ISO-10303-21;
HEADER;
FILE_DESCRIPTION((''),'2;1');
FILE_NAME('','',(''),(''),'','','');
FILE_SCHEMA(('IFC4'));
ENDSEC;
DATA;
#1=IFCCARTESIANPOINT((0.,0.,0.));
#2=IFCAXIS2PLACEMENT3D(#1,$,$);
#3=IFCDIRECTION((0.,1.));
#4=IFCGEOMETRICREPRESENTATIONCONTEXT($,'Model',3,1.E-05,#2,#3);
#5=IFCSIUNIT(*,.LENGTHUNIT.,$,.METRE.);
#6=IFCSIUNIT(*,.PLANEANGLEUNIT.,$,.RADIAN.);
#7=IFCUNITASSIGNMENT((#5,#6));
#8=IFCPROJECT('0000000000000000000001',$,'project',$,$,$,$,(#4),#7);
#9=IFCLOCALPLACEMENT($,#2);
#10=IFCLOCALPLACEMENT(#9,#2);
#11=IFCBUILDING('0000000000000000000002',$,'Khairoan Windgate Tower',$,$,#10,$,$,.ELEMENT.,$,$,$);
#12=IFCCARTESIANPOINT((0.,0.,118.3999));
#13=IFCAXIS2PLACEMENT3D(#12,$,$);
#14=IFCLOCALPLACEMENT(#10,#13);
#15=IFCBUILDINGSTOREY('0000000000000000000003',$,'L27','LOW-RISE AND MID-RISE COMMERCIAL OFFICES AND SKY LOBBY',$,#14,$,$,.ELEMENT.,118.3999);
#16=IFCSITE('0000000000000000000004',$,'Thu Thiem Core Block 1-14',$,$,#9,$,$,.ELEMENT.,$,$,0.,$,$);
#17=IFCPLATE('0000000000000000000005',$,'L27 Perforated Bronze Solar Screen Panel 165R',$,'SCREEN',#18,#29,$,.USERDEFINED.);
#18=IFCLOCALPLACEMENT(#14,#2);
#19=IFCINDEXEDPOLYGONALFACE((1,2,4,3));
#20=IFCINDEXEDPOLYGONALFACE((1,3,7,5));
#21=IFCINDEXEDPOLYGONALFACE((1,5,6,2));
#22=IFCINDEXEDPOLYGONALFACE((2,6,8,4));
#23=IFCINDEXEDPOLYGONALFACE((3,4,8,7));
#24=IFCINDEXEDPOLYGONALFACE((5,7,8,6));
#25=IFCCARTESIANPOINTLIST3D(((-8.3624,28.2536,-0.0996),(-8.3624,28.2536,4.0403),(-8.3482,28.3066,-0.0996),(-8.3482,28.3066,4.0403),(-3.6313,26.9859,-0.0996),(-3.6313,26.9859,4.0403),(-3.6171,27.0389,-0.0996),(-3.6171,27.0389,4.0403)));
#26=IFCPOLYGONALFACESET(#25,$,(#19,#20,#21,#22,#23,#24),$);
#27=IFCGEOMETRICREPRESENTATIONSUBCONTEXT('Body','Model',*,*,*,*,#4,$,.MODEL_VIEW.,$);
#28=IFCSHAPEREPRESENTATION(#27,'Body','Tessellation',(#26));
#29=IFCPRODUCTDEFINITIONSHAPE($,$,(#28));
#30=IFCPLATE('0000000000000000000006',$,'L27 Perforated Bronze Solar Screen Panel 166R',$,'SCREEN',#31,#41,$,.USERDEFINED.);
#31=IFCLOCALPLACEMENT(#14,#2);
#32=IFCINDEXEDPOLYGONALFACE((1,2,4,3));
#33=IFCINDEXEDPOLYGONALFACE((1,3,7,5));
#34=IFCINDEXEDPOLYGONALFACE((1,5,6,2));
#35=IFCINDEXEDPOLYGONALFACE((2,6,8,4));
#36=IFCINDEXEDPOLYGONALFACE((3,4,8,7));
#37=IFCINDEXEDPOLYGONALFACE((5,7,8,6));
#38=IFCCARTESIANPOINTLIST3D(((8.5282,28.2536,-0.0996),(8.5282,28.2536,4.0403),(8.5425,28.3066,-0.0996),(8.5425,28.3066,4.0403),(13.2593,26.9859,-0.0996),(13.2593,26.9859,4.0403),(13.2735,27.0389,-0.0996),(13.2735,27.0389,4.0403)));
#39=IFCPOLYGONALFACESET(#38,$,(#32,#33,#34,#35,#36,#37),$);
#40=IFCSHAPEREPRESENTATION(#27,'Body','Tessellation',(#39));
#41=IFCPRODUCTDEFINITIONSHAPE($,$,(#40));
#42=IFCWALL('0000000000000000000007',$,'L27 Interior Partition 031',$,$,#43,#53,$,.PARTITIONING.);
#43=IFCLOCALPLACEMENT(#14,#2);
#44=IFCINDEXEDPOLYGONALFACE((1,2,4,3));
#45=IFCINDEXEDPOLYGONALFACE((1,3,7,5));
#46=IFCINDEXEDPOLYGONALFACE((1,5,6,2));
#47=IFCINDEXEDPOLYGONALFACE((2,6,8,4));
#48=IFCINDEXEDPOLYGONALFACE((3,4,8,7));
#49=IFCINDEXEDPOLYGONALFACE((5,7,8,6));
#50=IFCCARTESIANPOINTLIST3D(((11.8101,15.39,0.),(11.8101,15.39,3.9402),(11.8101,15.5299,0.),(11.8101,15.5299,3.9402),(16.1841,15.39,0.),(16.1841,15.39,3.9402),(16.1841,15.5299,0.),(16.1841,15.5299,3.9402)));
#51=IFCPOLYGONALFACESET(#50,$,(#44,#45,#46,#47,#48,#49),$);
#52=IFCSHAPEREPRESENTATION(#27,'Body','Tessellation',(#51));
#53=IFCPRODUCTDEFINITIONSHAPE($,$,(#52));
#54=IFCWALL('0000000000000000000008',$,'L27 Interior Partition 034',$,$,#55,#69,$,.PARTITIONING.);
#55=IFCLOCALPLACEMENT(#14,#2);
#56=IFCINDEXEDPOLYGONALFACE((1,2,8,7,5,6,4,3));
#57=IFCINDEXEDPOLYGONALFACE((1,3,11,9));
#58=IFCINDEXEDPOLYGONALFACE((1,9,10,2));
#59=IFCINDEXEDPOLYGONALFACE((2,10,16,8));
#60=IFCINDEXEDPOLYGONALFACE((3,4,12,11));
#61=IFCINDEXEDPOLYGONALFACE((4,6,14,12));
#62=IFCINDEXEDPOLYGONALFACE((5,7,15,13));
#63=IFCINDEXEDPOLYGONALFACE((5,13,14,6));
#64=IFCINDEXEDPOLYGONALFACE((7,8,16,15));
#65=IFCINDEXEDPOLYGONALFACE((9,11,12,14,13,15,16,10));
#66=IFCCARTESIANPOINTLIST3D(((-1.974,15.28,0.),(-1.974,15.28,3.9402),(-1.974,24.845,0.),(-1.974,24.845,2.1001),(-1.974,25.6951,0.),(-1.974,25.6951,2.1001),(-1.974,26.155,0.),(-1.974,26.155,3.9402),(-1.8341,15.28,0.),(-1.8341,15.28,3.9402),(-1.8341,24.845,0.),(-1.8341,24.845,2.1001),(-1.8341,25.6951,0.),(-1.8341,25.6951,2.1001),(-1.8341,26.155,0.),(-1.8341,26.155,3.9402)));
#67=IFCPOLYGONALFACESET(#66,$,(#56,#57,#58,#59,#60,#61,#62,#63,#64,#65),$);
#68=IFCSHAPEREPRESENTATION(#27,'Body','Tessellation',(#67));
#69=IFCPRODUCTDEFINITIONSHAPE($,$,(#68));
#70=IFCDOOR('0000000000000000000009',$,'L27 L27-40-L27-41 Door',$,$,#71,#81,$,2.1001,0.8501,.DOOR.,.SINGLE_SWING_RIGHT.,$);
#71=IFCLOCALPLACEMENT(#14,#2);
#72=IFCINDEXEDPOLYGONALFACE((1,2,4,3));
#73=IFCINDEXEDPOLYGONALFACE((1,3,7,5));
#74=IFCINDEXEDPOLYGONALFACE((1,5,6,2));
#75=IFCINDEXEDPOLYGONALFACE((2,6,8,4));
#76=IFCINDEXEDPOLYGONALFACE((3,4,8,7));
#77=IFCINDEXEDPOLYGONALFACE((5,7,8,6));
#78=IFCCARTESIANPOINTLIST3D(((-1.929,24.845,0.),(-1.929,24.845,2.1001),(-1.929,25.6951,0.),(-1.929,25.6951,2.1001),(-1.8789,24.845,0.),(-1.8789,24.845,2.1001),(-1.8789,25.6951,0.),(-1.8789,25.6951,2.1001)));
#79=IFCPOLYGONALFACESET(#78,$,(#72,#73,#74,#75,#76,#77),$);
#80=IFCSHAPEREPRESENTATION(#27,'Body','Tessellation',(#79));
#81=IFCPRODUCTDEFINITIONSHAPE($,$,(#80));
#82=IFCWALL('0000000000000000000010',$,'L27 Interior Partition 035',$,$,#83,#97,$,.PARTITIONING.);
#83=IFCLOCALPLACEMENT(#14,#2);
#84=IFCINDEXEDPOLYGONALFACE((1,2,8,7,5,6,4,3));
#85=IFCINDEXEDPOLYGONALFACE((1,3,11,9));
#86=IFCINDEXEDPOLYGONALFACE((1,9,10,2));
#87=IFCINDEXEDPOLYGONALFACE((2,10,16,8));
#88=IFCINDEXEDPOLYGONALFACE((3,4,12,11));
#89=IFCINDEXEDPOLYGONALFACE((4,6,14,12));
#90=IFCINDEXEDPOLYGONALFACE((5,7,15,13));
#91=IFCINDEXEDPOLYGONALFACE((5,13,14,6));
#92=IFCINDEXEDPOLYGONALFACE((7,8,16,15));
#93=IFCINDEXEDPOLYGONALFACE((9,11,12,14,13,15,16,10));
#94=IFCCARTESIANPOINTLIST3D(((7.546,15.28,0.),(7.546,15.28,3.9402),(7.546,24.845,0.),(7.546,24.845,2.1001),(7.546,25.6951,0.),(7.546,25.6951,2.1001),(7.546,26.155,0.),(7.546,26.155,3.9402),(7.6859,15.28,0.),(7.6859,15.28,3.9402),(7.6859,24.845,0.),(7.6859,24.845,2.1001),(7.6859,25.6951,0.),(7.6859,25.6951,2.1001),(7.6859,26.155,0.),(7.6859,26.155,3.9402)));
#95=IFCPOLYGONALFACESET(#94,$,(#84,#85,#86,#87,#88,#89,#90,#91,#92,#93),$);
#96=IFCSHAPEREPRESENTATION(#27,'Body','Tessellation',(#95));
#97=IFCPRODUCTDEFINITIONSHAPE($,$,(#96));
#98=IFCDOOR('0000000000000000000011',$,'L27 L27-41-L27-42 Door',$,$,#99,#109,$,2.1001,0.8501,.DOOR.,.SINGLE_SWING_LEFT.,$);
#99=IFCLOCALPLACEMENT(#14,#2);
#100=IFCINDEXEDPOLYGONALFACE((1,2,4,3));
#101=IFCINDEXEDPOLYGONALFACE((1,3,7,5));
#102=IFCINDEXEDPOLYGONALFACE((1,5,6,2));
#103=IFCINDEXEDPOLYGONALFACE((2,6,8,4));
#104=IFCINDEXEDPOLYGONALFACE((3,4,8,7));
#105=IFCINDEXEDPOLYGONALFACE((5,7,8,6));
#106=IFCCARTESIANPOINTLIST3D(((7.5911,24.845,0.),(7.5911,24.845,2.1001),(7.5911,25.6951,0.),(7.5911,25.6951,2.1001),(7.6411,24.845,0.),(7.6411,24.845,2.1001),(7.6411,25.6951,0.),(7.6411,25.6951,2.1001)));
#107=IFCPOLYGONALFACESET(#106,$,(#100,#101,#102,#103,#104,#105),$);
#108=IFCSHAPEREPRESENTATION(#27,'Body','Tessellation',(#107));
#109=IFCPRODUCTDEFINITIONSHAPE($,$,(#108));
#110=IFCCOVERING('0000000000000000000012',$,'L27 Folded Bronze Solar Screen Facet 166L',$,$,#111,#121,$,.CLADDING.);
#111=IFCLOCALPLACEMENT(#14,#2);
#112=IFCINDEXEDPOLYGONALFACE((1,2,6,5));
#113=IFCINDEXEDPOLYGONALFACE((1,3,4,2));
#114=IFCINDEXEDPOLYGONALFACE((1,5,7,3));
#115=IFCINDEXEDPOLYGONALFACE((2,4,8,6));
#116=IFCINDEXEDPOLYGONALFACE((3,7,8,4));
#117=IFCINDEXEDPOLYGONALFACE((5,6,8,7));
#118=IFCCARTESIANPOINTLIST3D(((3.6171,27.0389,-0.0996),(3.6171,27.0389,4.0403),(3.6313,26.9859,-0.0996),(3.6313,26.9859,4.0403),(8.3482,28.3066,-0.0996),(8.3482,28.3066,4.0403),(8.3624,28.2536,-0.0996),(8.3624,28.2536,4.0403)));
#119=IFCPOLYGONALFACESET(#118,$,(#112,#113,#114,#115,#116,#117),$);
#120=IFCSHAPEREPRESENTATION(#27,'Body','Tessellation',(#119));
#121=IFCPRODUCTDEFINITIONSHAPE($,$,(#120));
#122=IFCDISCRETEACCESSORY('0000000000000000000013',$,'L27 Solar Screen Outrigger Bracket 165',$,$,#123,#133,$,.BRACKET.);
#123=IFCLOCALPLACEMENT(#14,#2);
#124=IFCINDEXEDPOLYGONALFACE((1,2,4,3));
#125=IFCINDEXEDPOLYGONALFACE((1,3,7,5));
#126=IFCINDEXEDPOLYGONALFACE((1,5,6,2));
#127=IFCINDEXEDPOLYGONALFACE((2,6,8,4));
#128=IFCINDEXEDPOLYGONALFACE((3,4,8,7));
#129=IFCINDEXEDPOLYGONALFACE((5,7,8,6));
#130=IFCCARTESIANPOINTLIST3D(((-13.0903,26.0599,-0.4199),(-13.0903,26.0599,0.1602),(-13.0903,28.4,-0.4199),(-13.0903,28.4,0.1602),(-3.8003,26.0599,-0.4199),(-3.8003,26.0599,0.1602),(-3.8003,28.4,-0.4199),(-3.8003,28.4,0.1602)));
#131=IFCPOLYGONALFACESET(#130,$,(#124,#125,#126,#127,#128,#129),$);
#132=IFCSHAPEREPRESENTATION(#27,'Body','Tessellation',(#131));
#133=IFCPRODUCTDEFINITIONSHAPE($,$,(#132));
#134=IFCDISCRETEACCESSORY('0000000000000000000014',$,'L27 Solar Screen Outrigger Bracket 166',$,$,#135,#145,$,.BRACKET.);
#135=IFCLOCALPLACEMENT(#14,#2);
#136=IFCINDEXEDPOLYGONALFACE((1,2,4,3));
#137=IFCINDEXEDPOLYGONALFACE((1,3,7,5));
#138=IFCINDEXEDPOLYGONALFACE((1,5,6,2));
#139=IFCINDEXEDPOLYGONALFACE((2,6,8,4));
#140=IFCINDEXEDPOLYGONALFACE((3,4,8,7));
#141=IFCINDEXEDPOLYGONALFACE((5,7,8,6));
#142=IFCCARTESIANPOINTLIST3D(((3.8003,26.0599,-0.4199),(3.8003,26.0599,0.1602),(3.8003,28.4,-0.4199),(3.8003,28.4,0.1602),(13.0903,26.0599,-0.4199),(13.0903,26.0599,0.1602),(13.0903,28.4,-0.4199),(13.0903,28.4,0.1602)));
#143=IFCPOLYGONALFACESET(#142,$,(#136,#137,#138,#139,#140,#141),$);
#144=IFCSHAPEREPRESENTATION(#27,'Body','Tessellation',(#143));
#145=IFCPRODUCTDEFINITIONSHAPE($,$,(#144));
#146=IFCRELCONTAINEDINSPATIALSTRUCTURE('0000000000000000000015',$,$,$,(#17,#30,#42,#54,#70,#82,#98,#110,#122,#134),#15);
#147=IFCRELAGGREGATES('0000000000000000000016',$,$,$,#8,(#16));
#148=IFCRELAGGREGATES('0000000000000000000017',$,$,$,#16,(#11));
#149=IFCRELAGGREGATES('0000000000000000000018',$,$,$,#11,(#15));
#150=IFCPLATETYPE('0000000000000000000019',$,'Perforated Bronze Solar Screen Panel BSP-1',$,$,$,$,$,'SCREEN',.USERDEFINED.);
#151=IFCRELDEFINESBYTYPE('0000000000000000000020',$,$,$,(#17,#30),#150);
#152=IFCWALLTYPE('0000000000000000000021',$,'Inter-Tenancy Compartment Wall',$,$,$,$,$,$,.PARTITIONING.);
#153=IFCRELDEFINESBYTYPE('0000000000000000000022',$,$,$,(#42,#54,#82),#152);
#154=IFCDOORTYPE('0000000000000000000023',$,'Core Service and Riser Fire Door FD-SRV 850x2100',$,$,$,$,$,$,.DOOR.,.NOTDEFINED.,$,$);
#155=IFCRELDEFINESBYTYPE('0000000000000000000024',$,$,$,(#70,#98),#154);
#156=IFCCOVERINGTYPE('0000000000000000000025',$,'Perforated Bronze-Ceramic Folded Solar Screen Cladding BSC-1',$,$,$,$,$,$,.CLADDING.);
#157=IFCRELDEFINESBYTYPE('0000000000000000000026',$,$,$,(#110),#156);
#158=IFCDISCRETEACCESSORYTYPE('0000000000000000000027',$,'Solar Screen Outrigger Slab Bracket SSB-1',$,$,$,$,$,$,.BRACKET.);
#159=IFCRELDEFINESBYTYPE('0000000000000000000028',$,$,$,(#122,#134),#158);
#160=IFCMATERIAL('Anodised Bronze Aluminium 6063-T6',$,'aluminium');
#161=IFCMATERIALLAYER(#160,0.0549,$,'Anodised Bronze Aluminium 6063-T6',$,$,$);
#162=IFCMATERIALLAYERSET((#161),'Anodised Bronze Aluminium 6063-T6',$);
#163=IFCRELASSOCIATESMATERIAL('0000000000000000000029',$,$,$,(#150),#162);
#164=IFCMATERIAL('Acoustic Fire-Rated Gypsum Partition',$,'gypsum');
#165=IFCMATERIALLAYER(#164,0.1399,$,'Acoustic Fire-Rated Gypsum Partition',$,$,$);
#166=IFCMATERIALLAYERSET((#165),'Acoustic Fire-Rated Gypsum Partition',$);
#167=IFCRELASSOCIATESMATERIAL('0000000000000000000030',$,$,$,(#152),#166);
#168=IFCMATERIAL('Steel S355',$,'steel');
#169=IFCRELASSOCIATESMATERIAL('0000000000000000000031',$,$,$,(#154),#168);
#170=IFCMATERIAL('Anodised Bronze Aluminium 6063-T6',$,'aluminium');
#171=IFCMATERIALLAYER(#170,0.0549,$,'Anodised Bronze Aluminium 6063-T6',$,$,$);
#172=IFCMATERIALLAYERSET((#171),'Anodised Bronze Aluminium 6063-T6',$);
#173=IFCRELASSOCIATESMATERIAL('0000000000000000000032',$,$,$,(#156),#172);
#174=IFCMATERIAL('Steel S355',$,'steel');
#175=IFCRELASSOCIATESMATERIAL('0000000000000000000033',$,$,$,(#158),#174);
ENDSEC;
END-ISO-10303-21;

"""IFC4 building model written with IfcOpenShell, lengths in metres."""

from ifc_helpers import new_model, si_unit, direction, frame, frame_2d, origin, origin_2d, place, context, subcontext, project, spatial, rectangle, extrude, material, layer, layer_set, type_object, element, fill, save


model = new_model("IFC4")

# Units and contexts
model_context = context("Model", 3, precision=1e-05, world=origin(), true_north=direction((0.0, 1.0)))
body_context = subcontext(model_context, "Body", "Model", "MODEL_VIEW")
ifc_project = project(units=[si_unit("LENGTHUNIT", "METRE"), si_unit("PLANEANGLEUNIT", "RADIAN")], contexts=[model_context])

# Site, building, storey
site_placement = place(None, origin())
site = spatial("IfcSite", under=ifc_project, at=site_placement, Name="Thu Thiem Core Block 1-14", CompositionType="ELEMENT", RefElevation=0.0)
building_placement = place(site_placement, origin())
building = spatial("IfcBuilding", under=site, at=building_placement, Name="Khairoan Windgate Tower", CompositionType="ELEMENT")
storey_placement = place(building_placement, frame((0.0, 0.0, 118.3999)))
storey = spatial("IfcBuildingStorey", under=building, at=storey_placement, Name="L27", Description="LOW-RISE AND MID-RISE COMMERCIAL OFFICES AND SKY LOBBY", CompositionType="ELEMENT", Elevation=118.3999)

# Plates
ifc_material_1 = material(Name="Anodised Bronze Aluminium 6063-T6", Category="aluminium")
ifc_layer_1 = layer(ifc_material_1, 0.0549, Name="Anodised Bronze Aluminium 6063-T6")
ifc_layer_set_1 = layer_set([ifc_layer_1], Name="Anodised Bronze Aluminium 6063-T6")
plate_type = type_object("IfcPlateType", Name="Perforated Bronze Solar Screen Panel BSP-1", ElementType="SCREEN", PredefinedType="USERDEFINED", material=ifc_layer_set_1)
for number, where, z_axis, x_axis, name in (
    (1, (-5.9897, 27.6462, -0.0996), (0.0, 0.0, 1.0), (0.965926, -0.258819, 0.0), "L27 Perforated Bronze Solar Screen Panel 165R"),
    (2, (10.9009, 27.6462, -0.0996), (0.0, 0.0, 1.0), (0.965926, -0.258819, 0.0), "L27 Perforated Bronze Solar Screen Panel 166R"),
):
    element("IfcPlate", number, at=place(storey_placement, frame(where, z_axis=z_axis, x_axis=x_axis)), inside=storey, type_object=plate_type, Name=name, ObjectType="SCREEN", PredefinedType="USERDEFINED", context=body_context, shape_type="SweptSolid", body=[
        extrude(rectangle(XDim=4.8979, YDim=0.0549, at=origin_2d()), origin(), (0.0, 0.0, 1.0), 4.1399),
    ])

# Wall
ifc_material_2 = material(Name="Acoustic Fire-Rated Gypsum Partition", Category="gypsum")
ifc_layer_2 = layer(ifc_material_2, 0.1399, Name="Acoustic Fire-Rated Gypsum Partition")
ifc_layer_set_2 = layer_set([ifc_layer_2], Name="Acoustic Fire-Rated Gypsum Partition")
wall_type = type_object("IfcWallType", Name="Inter-Tenancy Compartment Wall", PredefinedType="PARTITIONING", material=ifc_layer_set_2)
wall_1_placement = place(storey_placement, frame((11.8101, 15.46, 0.0), z_axis=(0.0, 0.0, 1.0), x_axis=(1.0, 0.0, 0.0)))
element("IfcWall", 3, at=wall_1_placement, inside=storey, type_object=wall_type, Name="L27 Interior Partition 031", PredefinedType="PARTITIONING", context=body_context, shape_type="SweptSolid", body=[
    extrude(rectangle(XDim=4.374, YDim=0.1399, at=frame_2d((2.187, 0.0))), origin(), (0.0, 0.0, 1.0), 3.9402),
])

# Walls, openings, doors
wall_2_placement = place(storey_placement, frame((-1.9041, 15.28, 0.0), z_axis=(0.0, 0.0, 1.0), x_axis=(0.0, 1.0, 0.0)))
wall_2 = element("IfcWall", 4, at=wall_2_placement, inside=storey, type_object=wall_type, Name="L27 Interior Partition 034", PredefinedType="PARTITIONING", context=body_context, shape_type="SweptSolid", body=[
    extrude(rectangle(XDim=10.875, YDim=0.1399, at=frame_2d((5.4375, 0.0))), origin(), (0.0, 0.0, 1.0), 3.9402),
])
opening_1_placement = place(wall_2_placement, frame((9.5649, 0.0, 0.0)))
opening_1 = element("IfcOpeningElement", 5, at=opening_1_placement, cuts=wall_2, PredefinedType="OPENING", context=body_context, shape_type="SweptSolid", body=[
    extrude(rectangle(XDim=0.8501, YDim=2.1001, at=frame_2d((0.425, 1.05))), frame((0.0, 0.0798, 0.0), z_axis=(0.0, -1.0, 0.0), x_axis=(1.0, 0.0, 0.0)), (0.0, 0.0, 1.0), 0.1599),
])
ifc_material_3 = material(Name="Steel S355", Category="steel")
door_type = type_object("IfcDoorType", Name="Core Service and Riser Fire Door FD-SRV 850x2100", OperationType="NOTDEFINED", PredefinedType="DOOR", material=ifc_material_3)
door_1_placement = place(opening_1_placement, origin())
door_1 = element("IfcDoor", 6, at=door_1_placement, inside=storey, type_object=door_type, Name="L27 L27-40-L27-41 Door", OperationType="SINGLE_SWING_RIGHT", OverallHeight=2.1001, OverallWidth=0.8501, PredefinedType="DOOR", context=body_context, shape_type="SweptSolid", body=[
    extrude(rectangle(XDim=0.8501, YDim=2.1001, at=frame_2d((0.425, 1.05))), frame((0.0, 0.0249, 0.0), z_axis=(0.0, -1.0, 0.0), x_axis=(1.0, 0.0, 0.0)), (0.0, 0.0, 1.0), 0.05),
])
fill(opening_1, door_1)
wall_3_placement = place(storey_placement, frame((7.616, 15.28, 0.0), z_axis=(0.0, 0.0, 1.0), x_axis=(0.0, 1.0, 0.0)))
wall_3 = element("IfcWall", 7, at=wall_3_placement, inside=storey, type_object=wall_type, Name="L27 Interior Partition 035", PredefinedType="PARTITIONING", context=body_context, shape_type="SweptSolid", body=[
    extrude(rectangle(XDim=10.875, YDim=0.1399, at=frame_2d((5.4375, 0.0))), origin(), (0.0, 0.0, 1.0), 3.9402),
])
opening_2_placement = place(wall_3_placement, frame((9.5649, 0.0, 0.0)))
opening_2 = element("IfcOpeningElement", 8, at=opening_2_placement, cuts=wall_3, PredefinedType="OPENING", context=body_context, shape_type="SweptSolid", body=[
    extrude(rectangle(XDim=0.8501, YDim=2.1001, at=frame_2d((0.425, 1.05))), frame((0.0, 0.0798, 0.0), z_axis=(0.0, -1.0, 0.0), x_axis=(1.0, 0.0, 0.0)), (0.0, 0.0, 1.0), 0.1599),
])
door_2_placement = place(opening_2_placement, origin())
door_2 = element("IfcDoor", 9, at=door_2_placement, inside=storey, type_object=door_type, Name="L27 L27-41-L27-42 Door", OperationType="SINGLE_SWING_LEFT", OverallHeight=2.1001, OverallWidth=0.8501, PredefinedType="DOOR", context=body_context, shape_type="SweptSolid", body=[
    extrude(rectangle(XDim=0.8501, YDim=2.1001, at=frame_2d((0.425, 1.05))), frame((0.0, 0.0249, 0.0), z_axis=(0.0, -1.0, 0.0), x_axis=(1.0, 0.0, 0.0)), (0.0, 0.0, 1.0), 0.05),
])
fill(opening_2, door_2)

# Covering
ifc_material_4 = material(Name="Anodised Bronze Aluminium 6063-T6", Category="aluminium")
ifc_layer_3 = layer(ifc_material_4, 0.0549, Name="Anodised Bronze Aluminium 6063-T6")
ifc_layer_set_3 = layer_set([ifc_layer_3], Name="Anodised Bronze Aluminium 6063-T6")
covering_type = type_object("IfcCoveringType", Name="Perforated Bronze-Ceramic Folded Solar Screen Cladding BSC-1", PredefinedType="CLADDING", material=ifc_layer_set_3)
covering_placement = place(storey_placement, frame((5.9897, 27.6462, -0.0996), z_axis=(0.0, 0.0, 1.0), x_axis=(0.965926, 0.258819, 0.0)))
element("IfcCovering", 10, at=covering_placement, inside=storey, type_object=covering_type, Name="L27 Folded Bronze Solar Screen Facet 166L", PredefinedType="CLADDING", context=body_context, shape_type="SweptSolid", body=[
    extrude(rectangle(XDim=4.8979, YDim=0.0549, at=origin_2d()), origin(), (0.0, 0.0, 1.0), 4.1399),
])

# Discrete accessories
ifc_material_5 = material(Name="Steel S355", Category="steel")
discrete_accessory_type = type_object("IfcDiscreteAccessoryType", Name="Solar Screen Outrigger Slab Bracket SSB-1", PredefinedType="BRACKET", material=ifc_material_5)
for number, where, z_axis, x_axis, name in (
    (11, (-8.4453, 27.23, -0.4199), (0.0, 0.0, 1.0), (1.0, 0.0, 0.0), "L27 Solar Screen Outrigger Bracket 165"),
    (12, (8.4453, 27.23, -0.4199), (0.0, 0.0, 1.0), (1.0, 0.0, 0.0), "L27 Solar Screen Outrigger Bracket 166"),
):
    element("IfcDiscreteAccessory", number, at=place(storey_placement, frame(where, z_axis=z_axis, x_axis=x_axis)), inside=storey, type_object=discrete_accessory_type, Name=name, PredefinedType="BRACKET", context=body_context, shape_type="SweptSolid", body=[
        extrude(rectangle(XDim=9.29, YDim=2.3401, at=origin_2d()), origin(), (0.0, 0.0, 1.0), 0.5801),
    ])

save(model, "model.ifc")
